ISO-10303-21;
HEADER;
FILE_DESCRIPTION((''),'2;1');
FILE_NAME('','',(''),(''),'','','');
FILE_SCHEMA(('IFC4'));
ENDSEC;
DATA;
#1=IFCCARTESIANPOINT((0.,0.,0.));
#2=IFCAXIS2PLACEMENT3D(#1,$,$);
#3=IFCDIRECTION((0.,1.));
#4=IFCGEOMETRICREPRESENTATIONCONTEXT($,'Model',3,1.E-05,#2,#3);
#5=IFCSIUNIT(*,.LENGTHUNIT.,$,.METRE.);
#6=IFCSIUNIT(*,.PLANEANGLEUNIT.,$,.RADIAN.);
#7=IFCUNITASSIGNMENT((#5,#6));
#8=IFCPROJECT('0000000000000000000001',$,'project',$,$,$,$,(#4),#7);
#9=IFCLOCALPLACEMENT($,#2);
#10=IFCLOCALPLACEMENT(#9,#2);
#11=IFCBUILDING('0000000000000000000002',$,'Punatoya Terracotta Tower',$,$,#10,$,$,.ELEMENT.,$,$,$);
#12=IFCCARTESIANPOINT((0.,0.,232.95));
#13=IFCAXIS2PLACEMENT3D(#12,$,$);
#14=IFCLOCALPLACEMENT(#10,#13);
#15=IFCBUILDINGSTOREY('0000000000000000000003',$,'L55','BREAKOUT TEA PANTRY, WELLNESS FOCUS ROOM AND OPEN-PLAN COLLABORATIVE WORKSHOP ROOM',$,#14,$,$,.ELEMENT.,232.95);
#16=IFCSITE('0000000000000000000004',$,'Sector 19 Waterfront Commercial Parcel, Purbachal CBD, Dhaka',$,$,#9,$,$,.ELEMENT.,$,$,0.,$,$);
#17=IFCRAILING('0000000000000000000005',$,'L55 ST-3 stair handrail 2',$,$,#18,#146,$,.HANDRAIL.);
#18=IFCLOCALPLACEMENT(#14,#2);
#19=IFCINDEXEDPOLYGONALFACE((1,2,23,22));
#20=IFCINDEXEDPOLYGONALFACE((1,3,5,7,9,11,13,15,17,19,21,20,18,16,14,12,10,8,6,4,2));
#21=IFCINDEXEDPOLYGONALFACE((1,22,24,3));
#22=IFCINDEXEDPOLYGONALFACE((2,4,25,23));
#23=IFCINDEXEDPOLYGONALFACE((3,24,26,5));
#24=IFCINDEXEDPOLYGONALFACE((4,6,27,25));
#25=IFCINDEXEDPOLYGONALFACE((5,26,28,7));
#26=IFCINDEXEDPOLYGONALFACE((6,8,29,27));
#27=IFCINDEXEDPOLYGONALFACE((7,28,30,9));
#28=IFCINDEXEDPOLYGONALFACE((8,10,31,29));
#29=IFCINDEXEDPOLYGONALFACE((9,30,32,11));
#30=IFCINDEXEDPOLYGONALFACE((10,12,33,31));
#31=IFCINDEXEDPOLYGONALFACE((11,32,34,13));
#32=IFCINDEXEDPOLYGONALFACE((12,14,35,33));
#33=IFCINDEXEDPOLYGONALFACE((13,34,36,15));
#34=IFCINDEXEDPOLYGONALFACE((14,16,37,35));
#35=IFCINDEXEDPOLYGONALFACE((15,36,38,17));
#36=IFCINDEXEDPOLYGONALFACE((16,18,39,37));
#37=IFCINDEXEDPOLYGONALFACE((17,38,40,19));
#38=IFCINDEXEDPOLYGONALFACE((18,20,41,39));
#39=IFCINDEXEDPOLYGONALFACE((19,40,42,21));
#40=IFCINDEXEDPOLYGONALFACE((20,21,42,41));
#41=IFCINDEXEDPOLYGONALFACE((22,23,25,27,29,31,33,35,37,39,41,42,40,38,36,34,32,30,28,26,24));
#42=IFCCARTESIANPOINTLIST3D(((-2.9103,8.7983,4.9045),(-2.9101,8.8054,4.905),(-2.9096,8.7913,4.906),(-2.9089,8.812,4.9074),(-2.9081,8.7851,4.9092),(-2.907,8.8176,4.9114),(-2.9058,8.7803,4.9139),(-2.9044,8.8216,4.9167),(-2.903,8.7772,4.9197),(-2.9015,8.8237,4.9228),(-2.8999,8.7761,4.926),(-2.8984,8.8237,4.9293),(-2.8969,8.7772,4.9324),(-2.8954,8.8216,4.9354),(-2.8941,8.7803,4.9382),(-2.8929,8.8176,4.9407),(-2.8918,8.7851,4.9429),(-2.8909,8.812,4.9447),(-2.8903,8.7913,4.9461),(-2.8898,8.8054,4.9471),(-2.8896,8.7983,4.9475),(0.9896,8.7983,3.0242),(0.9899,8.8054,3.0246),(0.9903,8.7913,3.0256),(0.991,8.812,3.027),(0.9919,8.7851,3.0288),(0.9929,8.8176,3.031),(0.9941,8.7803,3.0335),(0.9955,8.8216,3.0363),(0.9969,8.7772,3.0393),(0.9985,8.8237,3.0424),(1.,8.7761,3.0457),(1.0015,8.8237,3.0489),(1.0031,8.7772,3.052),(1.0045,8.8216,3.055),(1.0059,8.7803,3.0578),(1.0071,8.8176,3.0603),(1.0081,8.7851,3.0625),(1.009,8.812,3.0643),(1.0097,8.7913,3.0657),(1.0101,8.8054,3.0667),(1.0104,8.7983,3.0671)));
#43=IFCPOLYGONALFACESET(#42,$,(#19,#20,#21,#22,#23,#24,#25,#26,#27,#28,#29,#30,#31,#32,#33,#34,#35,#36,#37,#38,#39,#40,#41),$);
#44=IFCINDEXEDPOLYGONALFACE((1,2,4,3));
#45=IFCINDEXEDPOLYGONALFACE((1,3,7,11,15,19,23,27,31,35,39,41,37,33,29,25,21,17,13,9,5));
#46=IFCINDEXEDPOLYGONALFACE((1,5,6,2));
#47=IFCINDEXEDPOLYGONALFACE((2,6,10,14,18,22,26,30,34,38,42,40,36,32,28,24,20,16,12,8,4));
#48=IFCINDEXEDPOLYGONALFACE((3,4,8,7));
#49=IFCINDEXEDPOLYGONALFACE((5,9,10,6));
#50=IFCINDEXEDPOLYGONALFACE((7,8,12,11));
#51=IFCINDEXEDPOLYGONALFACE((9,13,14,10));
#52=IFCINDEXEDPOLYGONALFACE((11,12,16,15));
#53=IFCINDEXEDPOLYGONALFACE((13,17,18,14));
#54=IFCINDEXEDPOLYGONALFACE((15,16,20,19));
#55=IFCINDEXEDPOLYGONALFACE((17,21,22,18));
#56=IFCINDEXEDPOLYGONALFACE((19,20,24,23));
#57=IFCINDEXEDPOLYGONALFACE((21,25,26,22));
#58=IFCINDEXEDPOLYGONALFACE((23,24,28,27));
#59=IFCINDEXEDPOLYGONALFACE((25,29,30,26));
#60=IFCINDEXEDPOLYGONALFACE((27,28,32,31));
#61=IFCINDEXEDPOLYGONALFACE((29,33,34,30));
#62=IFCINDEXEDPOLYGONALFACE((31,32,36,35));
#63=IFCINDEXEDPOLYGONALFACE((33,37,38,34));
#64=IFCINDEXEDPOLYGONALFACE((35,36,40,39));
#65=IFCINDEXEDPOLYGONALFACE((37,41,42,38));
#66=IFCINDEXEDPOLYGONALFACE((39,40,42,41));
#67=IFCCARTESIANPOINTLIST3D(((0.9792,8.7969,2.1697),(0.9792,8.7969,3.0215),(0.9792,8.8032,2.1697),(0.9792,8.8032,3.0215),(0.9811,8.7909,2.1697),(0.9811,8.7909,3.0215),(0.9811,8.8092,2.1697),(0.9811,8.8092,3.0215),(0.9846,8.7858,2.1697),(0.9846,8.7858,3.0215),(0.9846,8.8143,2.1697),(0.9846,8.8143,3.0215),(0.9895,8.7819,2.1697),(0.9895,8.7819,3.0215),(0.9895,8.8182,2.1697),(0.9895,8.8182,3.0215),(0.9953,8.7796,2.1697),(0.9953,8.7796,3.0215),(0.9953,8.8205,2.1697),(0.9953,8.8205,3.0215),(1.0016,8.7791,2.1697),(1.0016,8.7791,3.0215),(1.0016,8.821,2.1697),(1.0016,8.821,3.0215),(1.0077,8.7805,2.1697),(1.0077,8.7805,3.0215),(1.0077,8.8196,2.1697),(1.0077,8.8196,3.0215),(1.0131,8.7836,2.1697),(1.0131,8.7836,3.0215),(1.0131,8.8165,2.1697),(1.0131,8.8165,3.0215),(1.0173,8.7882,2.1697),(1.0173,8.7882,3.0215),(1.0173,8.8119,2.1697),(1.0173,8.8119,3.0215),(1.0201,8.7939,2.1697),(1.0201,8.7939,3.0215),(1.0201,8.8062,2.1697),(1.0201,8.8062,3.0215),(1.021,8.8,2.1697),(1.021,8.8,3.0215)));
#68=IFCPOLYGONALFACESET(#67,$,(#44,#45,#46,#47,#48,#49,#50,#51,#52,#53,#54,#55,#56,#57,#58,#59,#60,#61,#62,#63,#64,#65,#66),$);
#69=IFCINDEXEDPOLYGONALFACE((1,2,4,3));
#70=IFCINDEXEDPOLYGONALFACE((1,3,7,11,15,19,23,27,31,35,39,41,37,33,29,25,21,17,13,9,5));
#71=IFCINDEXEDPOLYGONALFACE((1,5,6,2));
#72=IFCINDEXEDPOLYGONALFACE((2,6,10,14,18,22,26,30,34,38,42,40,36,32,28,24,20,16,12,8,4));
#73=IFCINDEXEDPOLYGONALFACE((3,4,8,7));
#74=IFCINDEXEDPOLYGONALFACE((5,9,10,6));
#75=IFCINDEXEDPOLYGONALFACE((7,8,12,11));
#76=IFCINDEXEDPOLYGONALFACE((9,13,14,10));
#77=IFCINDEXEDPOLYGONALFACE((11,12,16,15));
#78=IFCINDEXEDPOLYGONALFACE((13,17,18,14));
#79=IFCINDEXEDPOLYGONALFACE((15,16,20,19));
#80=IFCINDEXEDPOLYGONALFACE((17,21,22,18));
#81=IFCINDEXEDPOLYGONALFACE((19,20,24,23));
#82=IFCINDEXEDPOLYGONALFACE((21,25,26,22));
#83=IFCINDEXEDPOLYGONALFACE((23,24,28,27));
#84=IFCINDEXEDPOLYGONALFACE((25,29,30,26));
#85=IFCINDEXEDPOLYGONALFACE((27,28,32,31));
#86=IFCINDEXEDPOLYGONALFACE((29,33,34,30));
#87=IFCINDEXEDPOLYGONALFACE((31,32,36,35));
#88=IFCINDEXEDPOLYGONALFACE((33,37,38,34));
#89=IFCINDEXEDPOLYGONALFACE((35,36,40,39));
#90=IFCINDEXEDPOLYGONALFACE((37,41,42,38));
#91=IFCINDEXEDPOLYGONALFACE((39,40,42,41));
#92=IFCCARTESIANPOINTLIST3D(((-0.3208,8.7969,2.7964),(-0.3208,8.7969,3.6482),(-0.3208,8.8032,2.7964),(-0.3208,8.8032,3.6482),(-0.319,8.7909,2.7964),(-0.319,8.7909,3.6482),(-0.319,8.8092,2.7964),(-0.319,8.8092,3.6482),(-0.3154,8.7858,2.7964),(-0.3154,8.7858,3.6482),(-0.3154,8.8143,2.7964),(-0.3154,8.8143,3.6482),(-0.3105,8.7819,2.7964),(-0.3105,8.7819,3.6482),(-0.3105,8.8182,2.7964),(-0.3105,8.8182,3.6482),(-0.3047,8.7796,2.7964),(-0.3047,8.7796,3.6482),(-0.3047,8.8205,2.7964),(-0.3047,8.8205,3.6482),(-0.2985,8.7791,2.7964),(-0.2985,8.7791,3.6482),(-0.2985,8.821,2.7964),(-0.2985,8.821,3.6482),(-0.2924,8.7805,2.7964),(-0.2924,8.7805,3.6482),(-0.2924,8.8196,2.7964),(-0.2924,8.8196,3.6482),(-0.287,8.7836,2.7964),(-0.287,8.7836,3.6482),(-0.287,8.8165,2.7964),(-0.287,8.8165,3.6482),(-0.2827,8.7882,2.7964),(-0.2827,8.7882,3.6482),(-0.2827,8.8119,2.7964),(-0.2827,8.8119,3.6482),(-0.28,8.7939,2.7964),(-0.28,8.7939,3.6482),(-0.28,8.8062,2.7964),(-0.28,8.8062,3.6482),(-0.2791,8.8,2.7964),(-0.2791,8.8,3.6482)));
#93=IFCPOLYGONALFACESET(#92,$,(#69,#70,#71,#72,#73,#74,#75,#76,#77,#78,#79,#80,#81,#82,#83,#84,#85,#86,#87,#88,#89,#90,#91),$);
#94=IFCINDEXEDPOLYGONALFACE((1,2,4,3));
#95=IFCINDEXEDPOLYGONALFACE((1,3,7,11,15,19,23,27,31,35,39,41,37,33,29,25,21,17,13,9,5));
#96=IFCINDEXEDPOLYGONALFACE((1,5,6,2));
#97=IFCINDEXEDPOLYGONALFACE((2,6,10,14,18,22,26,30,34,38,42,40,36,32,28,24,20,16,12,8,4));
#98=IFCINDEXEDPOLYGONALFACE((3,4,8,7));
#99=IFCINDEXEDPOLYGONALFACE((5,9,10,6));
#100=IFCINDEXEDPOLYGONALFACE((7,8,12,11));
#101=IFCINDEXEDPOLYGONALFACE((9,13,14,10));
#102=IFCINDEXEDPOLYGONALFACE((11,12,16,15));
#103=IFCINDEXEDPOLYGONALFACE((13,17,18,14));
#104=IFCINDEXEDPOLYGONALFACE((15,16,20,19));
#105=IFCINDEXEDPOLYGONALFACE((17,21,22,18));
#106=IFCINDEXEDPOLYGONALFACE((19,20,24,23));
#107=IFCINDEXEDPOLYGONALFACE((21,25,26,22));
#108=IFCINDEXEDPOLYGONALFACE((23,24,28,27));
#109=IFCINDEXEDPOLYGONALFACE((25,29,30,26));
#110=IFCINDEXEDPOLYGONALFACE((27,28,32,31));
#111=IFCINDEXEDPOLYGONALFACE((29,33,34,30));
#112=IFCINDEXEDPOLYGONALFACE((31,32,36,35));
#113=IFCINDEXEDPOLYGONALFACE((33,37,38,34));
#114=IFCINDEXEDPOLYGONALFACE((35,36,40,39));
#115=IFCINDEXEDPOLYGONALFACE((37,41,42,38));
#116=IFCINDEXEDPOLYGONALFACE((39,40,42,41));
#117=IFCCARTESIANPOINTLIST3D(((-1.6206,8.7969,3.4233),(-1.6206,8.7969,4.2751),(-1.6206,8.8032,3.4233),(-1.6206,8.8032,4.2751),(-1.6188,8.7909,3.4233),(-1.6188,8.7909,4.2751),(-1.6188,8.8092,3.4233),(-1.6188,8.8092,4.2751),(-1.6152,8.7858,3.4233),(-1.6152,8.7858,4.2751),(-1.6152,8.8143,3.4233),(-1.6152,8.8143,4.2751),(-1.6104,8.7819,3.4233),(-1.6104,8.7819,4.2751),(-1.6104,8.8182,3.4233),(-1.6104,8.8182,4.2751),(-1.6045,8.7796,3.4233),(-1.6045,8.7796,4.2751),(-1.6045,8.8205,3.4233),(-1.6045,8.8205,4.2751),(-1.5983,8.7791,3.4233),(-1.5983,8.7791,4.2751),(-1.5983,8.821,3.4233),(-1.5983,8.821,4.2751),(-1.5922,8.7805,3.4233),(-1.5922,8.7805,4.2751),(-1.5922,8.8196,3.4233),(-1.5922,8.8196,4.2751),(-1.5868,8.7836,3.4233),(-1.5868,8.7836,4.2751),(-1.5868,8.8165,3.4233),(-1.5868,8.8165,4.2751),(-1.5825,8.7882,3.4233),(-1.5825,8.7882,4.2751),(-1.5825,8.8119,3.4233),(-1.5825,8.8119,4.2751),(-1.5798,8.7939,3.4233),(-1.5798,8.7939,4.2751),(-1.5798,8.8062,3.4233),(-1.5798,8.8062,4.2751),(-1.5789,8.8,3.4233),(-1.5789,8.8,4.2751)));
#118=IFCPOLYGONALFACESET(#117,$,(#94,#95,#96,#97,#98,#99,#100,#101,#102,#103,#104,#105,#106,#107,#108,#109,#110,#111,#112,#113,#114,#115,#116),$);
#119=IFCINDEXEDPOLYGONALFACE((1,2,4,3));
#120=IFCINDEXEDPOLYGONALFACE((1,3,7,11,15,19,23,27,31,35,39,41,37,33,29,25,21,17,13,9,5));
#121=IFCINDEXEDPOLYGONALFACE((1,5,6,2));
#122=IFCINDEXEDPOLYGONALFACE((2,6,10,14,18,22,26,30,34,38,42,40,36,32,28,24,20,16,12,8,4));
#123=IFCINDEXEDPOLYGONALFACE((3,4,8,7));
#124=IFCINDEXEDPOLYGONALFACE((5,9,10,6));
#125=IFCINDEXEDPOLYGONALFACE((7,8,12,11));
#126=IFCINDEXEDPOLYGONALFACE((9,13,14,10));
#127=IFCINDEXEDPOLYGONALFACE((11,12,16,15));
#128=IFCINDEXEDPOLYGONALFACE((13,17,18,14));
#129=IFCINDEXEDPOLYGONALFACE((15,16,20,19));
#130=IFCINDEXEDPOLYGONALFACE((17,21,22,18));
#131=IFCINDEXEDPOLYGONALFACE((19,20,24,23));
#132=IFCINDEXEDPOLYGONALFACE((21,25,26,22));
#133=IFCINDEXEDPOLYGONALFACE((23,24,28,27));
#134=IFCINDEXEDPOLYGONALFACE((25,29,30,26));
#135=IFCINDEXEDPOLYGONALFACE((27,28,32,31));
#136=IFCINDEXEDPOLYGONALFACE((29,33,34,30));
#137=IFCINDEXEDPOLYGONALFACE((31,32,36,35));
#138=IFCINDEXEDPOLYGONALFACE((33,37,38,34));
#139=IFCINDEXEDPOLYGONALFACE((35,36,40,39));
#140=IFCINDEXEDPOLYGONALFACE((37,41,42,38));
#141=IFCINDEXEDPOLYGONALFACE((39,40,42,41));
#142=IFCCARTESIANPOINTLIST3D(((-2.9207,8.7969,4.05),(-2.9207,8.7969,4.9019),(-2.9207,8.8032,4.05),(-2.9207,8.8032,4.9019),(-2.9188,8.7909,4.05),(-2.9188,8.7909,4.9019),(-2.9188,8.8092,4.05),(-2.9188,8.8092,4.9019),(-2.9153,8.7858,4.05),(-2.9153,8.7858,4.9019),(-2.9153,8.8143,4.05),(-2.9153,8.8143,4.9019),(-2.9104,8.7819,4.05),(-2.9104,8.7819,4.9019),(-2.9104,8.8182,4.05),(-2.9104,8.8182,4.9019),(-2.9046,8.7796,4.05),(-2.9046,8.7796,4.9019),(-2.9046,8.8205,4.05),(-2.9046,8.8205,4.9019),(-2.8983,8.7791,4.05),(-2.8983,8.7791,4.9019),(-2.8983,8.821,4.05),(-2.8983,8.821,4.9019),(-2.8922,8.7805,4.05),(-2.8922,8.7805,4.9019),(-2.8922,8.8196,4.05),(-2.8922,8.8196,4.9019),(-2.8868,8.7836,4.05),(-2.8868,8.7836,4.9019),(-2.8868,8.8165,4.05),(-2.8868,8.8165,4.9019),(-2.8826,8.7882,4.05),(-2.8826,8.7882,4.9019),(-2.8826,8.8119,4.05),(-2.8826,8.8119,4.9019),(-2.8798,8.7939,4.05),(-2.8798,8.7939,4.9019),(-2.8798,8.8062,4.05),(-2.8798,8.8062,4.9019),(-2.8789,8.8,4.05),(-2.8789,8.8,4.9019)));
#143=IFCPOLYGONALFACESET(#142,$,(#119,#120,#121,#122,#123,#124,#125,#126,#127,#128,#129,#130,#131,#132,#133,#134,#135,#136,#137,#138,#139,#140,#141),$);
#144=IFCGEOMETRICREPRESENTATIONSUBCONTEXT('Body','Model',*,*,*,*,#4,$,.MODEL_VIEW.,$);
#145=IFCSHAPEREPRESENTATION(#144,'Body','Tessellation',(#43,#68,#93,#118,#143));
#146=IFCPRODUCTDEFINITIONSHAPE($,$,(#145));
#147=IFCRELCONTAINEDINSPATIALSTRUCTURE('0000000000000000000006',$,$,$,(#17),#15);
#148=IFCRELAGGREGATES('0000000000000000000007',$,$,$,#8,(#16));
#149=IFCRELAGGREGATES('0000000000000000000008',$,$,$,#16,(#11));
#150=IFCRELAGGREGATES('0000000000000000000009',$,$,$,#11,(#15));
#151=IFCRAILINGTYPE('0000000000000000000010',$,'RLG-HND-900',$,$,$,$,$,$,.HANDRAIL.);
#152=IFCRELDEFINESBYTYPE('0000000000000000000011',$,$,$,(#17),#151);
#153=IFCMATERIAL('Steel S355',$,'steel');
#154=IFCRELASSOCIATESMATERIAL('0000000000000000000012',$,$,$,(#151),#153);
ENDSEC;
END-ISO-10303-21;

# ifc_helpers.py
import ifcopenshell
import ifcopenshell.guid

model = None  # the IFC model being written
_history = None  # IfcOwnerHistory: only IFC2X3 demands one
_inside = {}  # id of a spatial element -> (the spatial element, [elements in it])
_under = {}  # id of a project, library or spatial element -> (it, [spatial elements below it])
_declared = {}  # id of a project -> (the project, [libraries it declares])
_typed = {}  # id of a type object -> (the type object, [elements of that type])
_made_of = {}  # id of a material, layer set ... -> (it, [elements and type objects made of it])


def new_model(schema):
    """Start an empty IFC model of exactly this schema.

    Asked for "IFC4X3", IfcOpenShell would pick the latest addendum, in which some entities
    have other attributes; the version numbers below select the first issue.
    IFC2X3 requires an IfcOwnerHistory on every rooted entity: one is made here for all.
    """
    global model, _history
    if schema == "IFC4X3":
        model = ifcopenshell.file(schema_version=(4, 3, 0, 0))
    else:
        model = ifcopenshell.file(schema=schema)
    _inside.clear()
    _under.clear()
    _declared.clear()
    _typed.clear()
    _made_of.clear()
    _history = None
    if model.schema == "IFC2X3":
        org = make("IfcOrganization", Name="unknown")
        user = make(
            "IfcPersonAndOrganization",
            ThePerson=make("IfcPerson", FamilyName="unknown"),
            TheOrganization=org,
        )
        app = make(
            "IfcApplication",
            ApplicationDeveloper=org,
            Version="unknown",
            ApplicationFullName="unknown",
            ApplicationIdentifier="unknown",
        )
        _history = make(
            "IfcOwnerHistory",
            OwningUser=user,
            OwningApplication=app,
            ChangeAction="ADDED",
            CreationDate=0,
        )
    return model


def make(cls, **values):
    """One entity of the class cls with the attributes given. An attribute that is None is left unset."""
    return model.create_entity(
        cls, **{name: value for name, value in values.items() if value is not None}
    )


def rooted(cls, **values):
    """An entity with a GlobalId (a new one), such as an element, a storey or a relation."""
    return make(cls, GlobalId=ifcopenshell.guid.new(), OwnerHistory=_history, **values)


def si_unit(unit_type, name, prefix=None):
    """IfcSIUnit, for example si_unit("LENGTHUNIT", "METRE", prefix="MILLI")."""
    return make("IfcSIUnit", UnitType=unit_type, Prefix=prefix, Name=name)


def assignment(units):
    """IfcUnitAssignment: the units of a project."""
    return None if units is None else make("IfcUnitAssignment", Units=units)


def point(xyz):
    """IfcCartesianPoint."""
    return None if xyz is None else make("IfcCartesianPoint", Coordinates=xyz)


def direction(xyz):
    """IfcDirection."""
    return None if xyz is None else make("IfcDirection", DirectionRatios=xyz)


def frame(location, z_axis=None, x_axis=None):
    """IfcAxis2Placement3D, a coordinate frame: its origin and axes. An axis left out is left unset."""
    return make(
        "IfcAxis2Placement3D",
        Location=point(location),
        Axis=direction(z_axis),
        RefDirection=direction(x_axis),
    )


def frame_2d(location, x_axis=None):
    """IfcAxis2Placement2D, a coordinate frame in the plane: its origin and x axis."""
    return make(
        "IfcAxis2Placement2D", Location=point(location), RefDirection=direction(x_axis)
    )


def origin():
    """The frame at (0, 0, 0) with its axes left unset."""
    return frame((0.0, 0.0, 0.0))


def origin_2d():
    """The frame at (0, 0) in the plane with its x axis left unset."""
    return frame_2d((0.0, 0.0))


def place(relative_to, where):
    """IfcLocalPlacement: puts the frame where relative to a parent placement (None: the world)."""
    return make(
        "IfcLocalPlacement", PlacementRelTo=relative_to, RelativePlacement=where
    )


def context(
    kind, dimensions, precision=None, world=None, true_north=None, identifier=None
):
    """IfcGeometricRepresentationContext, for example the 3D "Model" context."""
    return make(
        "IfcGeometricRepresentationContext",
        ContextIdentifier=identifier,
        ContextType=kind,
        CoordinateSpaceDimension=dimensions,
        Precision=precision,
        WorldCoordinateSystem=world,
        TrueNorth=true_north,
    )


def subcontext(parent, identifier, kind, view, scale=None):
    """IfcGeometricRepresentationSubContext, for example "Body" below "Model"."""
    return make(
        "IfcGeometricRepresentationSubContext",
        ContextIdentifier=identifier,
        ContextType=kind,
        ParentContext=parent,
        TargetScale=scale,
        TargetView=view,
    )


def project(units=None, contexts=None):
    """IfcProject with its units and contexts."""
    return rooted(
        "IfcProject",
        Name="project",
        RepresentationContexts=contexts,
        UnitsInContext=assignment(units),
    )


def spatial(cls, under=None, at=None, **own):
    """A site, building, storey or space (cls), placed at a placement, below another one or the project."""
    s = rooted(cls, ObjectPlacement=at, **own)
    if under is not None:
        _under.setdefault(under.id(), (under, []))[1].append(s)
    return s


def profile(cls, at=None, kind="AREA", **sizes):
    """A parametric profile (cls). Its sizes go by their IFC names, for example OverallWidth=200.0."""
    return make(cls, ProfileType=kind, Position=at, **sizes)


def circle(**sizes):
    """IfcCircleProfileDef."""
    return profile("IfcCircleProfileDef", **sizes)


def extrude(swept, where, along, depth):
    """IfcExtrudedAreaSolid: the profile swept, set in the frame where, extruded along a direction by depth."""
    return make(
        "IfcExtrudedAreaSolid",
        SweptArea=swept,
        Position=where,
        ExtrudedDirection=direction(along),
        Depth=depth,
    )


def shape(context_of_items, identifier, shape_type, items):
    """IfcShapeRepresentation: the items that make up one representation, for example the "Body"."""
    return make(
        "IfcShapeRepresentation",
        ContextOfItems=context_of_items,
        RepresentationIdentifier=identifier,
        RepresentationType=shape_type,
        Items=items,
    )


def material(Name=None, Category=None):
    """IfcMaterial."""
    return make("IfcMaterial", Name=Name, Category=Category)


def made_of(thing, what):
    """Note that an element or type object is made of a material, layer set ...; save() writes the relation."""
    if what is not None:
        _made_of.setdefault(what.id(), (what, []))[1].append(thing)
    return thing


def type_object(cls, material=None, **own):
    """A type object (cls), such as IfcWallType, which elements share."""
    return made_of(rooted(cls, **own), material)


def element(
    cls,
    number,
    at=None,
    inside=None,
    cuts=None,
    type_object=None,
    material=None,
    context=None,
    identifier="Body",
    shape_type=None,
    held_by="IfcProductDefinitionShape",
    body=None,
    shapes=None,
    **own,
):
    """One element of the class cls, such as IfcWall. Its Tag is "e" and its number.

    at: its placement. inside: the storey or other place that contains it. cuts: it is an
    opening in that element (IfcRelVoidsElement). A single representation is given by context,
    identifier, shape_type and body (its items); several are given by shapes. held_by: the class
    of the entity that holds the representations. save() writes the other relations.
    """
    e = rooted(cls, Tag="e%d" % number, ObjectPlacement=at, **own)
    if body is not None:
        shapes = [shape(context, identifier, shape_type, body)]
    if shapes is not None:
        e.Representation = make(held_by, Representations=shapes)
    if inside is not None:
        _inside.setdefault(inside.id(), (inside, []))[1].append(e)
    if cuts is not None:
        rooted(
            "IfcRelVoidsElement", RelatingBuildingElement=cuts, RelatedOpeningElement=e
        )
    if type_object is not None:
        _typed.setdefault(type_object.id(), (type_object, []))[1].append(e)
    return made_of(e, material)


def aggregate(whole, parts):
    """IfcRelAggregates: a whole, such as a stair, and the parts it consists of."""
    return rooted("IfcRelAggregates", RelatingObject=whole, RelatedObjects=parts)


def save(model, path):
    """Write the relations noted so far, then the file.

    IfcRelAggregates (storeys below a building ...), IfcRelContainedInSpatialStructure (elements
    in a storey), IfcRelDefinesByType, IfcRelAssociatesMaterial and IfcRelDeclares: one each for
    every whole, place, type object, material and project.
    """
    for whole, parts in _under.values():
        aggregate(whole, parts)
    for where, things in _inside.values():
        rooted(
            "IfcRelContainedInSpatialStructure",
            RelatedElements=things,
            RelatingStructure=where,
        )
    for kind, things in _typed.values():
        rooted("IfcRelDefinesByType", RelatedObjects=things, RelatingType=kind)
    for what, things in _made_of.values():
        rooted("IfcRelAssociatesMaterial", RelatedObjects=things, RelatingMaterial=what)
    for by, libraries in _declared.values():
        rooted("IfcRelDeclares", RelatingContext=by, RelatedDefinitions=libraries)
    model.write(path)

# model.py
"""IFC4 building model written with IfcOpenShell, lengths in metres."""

from ifc_helpers import new_model, si_unit, direction, frame, origin, origin_2d, place, context, subcontext, project, spatial, circle, extrude, material, type_object, element, save


model = new_model("IFC4")

# Units and contexts
model_context = context("Model", 3, precision=1e-05, world=origin(), true_north=direction((0.0, 1.0)))
body_context = subcontext(model_context, "Body", "Model", "MODEL_VIEW")
ifc_project = project(units=[si_unit("LENGTHUNIT", "METRE"), si_unit("PLANEANGLEUNIT", "RADIAN")], contexts=[model_context])

# Site, building, storey
site_placement = place(None, origin())
site = spatial("IfcSite", under=ifc_project, at=site_placement, Name="Sector 19 Waterfront Commercial Parcel, Purbachal CBD, Dhaka", CompositionType="ELEMENT", RefElevation=0.0)
building_placement = place(site_placement, origin())
building = spatial("IfcBuilding", under=site, at=building_placement, Name="Punatoya Terracotta Tower", CompositionType="ELEMENT")
storey_placement = place(building_placement, frame((0.0, 0.0, 232.95)))
storey = spatial("IfcBuildingStorey", under=building, at=storey_placement, Name="L55", Description="BREAKOUT TEA PANTRY, WELLNESS FOCUS ROOM AND OPEN-PLAN COLLABORATIVE WORKSHOP ROOM", CompositionType="ELEMENT", Elevation=232.95)

# Shared definitions
ifc_material_1 = material(Name="Steel S355", Category="steel")

# Railing
railing_type_1 = type_object("IfcRailingType", Name="RLG-HND-900", PredefinedType="HANDRAIL", material=ifc_material_1)
railing_1_placement = place(storey_placement, frame((1.0, 8.8, 2.1697)))
element("IfcRailing", 1, at=railing_1_placement, inside=storey, type_object=railing_type_1, Name="L55 ST-3 stair handrail 2", PredefinedType="HANDRAIL", context=body_context, shape_type="SweptSolid", body=[
    extrude(circle(Radius=0.0239, at=origin_2d()), frame((0.0, 0.0, 0.876), z_axis=(-0.900763, 0.0, 0.434311), x_axis=(0.0, -1.0, 0.0)), (0.0, 0.0, 1.0), 4.3296),
    extrude(circle(Radius=0.021, at=origin_2d()), origin(), (0.0, 0.0, 1.0), 0.8518),
    extrude(circle(Radius=0.021, at=origin_2d()), frame((-1.3, 0.0, 0.6267)), (0.0, 0.0, 1.0), 0.8518),
    extrude(circle(Radius=0.021, at=origin_2d()), frame((-2.5999, 0.0, 1.2537)), (0.0, 0.0, 1.0), 0.8518),
    extrude(circle(Radius=0.021, at=origin_2d()), frame((-3.8999, 0.0, 1.8804)), (0.0, 0.0, 1.0), 0.8518),
])

save(model, "model.ifc")
